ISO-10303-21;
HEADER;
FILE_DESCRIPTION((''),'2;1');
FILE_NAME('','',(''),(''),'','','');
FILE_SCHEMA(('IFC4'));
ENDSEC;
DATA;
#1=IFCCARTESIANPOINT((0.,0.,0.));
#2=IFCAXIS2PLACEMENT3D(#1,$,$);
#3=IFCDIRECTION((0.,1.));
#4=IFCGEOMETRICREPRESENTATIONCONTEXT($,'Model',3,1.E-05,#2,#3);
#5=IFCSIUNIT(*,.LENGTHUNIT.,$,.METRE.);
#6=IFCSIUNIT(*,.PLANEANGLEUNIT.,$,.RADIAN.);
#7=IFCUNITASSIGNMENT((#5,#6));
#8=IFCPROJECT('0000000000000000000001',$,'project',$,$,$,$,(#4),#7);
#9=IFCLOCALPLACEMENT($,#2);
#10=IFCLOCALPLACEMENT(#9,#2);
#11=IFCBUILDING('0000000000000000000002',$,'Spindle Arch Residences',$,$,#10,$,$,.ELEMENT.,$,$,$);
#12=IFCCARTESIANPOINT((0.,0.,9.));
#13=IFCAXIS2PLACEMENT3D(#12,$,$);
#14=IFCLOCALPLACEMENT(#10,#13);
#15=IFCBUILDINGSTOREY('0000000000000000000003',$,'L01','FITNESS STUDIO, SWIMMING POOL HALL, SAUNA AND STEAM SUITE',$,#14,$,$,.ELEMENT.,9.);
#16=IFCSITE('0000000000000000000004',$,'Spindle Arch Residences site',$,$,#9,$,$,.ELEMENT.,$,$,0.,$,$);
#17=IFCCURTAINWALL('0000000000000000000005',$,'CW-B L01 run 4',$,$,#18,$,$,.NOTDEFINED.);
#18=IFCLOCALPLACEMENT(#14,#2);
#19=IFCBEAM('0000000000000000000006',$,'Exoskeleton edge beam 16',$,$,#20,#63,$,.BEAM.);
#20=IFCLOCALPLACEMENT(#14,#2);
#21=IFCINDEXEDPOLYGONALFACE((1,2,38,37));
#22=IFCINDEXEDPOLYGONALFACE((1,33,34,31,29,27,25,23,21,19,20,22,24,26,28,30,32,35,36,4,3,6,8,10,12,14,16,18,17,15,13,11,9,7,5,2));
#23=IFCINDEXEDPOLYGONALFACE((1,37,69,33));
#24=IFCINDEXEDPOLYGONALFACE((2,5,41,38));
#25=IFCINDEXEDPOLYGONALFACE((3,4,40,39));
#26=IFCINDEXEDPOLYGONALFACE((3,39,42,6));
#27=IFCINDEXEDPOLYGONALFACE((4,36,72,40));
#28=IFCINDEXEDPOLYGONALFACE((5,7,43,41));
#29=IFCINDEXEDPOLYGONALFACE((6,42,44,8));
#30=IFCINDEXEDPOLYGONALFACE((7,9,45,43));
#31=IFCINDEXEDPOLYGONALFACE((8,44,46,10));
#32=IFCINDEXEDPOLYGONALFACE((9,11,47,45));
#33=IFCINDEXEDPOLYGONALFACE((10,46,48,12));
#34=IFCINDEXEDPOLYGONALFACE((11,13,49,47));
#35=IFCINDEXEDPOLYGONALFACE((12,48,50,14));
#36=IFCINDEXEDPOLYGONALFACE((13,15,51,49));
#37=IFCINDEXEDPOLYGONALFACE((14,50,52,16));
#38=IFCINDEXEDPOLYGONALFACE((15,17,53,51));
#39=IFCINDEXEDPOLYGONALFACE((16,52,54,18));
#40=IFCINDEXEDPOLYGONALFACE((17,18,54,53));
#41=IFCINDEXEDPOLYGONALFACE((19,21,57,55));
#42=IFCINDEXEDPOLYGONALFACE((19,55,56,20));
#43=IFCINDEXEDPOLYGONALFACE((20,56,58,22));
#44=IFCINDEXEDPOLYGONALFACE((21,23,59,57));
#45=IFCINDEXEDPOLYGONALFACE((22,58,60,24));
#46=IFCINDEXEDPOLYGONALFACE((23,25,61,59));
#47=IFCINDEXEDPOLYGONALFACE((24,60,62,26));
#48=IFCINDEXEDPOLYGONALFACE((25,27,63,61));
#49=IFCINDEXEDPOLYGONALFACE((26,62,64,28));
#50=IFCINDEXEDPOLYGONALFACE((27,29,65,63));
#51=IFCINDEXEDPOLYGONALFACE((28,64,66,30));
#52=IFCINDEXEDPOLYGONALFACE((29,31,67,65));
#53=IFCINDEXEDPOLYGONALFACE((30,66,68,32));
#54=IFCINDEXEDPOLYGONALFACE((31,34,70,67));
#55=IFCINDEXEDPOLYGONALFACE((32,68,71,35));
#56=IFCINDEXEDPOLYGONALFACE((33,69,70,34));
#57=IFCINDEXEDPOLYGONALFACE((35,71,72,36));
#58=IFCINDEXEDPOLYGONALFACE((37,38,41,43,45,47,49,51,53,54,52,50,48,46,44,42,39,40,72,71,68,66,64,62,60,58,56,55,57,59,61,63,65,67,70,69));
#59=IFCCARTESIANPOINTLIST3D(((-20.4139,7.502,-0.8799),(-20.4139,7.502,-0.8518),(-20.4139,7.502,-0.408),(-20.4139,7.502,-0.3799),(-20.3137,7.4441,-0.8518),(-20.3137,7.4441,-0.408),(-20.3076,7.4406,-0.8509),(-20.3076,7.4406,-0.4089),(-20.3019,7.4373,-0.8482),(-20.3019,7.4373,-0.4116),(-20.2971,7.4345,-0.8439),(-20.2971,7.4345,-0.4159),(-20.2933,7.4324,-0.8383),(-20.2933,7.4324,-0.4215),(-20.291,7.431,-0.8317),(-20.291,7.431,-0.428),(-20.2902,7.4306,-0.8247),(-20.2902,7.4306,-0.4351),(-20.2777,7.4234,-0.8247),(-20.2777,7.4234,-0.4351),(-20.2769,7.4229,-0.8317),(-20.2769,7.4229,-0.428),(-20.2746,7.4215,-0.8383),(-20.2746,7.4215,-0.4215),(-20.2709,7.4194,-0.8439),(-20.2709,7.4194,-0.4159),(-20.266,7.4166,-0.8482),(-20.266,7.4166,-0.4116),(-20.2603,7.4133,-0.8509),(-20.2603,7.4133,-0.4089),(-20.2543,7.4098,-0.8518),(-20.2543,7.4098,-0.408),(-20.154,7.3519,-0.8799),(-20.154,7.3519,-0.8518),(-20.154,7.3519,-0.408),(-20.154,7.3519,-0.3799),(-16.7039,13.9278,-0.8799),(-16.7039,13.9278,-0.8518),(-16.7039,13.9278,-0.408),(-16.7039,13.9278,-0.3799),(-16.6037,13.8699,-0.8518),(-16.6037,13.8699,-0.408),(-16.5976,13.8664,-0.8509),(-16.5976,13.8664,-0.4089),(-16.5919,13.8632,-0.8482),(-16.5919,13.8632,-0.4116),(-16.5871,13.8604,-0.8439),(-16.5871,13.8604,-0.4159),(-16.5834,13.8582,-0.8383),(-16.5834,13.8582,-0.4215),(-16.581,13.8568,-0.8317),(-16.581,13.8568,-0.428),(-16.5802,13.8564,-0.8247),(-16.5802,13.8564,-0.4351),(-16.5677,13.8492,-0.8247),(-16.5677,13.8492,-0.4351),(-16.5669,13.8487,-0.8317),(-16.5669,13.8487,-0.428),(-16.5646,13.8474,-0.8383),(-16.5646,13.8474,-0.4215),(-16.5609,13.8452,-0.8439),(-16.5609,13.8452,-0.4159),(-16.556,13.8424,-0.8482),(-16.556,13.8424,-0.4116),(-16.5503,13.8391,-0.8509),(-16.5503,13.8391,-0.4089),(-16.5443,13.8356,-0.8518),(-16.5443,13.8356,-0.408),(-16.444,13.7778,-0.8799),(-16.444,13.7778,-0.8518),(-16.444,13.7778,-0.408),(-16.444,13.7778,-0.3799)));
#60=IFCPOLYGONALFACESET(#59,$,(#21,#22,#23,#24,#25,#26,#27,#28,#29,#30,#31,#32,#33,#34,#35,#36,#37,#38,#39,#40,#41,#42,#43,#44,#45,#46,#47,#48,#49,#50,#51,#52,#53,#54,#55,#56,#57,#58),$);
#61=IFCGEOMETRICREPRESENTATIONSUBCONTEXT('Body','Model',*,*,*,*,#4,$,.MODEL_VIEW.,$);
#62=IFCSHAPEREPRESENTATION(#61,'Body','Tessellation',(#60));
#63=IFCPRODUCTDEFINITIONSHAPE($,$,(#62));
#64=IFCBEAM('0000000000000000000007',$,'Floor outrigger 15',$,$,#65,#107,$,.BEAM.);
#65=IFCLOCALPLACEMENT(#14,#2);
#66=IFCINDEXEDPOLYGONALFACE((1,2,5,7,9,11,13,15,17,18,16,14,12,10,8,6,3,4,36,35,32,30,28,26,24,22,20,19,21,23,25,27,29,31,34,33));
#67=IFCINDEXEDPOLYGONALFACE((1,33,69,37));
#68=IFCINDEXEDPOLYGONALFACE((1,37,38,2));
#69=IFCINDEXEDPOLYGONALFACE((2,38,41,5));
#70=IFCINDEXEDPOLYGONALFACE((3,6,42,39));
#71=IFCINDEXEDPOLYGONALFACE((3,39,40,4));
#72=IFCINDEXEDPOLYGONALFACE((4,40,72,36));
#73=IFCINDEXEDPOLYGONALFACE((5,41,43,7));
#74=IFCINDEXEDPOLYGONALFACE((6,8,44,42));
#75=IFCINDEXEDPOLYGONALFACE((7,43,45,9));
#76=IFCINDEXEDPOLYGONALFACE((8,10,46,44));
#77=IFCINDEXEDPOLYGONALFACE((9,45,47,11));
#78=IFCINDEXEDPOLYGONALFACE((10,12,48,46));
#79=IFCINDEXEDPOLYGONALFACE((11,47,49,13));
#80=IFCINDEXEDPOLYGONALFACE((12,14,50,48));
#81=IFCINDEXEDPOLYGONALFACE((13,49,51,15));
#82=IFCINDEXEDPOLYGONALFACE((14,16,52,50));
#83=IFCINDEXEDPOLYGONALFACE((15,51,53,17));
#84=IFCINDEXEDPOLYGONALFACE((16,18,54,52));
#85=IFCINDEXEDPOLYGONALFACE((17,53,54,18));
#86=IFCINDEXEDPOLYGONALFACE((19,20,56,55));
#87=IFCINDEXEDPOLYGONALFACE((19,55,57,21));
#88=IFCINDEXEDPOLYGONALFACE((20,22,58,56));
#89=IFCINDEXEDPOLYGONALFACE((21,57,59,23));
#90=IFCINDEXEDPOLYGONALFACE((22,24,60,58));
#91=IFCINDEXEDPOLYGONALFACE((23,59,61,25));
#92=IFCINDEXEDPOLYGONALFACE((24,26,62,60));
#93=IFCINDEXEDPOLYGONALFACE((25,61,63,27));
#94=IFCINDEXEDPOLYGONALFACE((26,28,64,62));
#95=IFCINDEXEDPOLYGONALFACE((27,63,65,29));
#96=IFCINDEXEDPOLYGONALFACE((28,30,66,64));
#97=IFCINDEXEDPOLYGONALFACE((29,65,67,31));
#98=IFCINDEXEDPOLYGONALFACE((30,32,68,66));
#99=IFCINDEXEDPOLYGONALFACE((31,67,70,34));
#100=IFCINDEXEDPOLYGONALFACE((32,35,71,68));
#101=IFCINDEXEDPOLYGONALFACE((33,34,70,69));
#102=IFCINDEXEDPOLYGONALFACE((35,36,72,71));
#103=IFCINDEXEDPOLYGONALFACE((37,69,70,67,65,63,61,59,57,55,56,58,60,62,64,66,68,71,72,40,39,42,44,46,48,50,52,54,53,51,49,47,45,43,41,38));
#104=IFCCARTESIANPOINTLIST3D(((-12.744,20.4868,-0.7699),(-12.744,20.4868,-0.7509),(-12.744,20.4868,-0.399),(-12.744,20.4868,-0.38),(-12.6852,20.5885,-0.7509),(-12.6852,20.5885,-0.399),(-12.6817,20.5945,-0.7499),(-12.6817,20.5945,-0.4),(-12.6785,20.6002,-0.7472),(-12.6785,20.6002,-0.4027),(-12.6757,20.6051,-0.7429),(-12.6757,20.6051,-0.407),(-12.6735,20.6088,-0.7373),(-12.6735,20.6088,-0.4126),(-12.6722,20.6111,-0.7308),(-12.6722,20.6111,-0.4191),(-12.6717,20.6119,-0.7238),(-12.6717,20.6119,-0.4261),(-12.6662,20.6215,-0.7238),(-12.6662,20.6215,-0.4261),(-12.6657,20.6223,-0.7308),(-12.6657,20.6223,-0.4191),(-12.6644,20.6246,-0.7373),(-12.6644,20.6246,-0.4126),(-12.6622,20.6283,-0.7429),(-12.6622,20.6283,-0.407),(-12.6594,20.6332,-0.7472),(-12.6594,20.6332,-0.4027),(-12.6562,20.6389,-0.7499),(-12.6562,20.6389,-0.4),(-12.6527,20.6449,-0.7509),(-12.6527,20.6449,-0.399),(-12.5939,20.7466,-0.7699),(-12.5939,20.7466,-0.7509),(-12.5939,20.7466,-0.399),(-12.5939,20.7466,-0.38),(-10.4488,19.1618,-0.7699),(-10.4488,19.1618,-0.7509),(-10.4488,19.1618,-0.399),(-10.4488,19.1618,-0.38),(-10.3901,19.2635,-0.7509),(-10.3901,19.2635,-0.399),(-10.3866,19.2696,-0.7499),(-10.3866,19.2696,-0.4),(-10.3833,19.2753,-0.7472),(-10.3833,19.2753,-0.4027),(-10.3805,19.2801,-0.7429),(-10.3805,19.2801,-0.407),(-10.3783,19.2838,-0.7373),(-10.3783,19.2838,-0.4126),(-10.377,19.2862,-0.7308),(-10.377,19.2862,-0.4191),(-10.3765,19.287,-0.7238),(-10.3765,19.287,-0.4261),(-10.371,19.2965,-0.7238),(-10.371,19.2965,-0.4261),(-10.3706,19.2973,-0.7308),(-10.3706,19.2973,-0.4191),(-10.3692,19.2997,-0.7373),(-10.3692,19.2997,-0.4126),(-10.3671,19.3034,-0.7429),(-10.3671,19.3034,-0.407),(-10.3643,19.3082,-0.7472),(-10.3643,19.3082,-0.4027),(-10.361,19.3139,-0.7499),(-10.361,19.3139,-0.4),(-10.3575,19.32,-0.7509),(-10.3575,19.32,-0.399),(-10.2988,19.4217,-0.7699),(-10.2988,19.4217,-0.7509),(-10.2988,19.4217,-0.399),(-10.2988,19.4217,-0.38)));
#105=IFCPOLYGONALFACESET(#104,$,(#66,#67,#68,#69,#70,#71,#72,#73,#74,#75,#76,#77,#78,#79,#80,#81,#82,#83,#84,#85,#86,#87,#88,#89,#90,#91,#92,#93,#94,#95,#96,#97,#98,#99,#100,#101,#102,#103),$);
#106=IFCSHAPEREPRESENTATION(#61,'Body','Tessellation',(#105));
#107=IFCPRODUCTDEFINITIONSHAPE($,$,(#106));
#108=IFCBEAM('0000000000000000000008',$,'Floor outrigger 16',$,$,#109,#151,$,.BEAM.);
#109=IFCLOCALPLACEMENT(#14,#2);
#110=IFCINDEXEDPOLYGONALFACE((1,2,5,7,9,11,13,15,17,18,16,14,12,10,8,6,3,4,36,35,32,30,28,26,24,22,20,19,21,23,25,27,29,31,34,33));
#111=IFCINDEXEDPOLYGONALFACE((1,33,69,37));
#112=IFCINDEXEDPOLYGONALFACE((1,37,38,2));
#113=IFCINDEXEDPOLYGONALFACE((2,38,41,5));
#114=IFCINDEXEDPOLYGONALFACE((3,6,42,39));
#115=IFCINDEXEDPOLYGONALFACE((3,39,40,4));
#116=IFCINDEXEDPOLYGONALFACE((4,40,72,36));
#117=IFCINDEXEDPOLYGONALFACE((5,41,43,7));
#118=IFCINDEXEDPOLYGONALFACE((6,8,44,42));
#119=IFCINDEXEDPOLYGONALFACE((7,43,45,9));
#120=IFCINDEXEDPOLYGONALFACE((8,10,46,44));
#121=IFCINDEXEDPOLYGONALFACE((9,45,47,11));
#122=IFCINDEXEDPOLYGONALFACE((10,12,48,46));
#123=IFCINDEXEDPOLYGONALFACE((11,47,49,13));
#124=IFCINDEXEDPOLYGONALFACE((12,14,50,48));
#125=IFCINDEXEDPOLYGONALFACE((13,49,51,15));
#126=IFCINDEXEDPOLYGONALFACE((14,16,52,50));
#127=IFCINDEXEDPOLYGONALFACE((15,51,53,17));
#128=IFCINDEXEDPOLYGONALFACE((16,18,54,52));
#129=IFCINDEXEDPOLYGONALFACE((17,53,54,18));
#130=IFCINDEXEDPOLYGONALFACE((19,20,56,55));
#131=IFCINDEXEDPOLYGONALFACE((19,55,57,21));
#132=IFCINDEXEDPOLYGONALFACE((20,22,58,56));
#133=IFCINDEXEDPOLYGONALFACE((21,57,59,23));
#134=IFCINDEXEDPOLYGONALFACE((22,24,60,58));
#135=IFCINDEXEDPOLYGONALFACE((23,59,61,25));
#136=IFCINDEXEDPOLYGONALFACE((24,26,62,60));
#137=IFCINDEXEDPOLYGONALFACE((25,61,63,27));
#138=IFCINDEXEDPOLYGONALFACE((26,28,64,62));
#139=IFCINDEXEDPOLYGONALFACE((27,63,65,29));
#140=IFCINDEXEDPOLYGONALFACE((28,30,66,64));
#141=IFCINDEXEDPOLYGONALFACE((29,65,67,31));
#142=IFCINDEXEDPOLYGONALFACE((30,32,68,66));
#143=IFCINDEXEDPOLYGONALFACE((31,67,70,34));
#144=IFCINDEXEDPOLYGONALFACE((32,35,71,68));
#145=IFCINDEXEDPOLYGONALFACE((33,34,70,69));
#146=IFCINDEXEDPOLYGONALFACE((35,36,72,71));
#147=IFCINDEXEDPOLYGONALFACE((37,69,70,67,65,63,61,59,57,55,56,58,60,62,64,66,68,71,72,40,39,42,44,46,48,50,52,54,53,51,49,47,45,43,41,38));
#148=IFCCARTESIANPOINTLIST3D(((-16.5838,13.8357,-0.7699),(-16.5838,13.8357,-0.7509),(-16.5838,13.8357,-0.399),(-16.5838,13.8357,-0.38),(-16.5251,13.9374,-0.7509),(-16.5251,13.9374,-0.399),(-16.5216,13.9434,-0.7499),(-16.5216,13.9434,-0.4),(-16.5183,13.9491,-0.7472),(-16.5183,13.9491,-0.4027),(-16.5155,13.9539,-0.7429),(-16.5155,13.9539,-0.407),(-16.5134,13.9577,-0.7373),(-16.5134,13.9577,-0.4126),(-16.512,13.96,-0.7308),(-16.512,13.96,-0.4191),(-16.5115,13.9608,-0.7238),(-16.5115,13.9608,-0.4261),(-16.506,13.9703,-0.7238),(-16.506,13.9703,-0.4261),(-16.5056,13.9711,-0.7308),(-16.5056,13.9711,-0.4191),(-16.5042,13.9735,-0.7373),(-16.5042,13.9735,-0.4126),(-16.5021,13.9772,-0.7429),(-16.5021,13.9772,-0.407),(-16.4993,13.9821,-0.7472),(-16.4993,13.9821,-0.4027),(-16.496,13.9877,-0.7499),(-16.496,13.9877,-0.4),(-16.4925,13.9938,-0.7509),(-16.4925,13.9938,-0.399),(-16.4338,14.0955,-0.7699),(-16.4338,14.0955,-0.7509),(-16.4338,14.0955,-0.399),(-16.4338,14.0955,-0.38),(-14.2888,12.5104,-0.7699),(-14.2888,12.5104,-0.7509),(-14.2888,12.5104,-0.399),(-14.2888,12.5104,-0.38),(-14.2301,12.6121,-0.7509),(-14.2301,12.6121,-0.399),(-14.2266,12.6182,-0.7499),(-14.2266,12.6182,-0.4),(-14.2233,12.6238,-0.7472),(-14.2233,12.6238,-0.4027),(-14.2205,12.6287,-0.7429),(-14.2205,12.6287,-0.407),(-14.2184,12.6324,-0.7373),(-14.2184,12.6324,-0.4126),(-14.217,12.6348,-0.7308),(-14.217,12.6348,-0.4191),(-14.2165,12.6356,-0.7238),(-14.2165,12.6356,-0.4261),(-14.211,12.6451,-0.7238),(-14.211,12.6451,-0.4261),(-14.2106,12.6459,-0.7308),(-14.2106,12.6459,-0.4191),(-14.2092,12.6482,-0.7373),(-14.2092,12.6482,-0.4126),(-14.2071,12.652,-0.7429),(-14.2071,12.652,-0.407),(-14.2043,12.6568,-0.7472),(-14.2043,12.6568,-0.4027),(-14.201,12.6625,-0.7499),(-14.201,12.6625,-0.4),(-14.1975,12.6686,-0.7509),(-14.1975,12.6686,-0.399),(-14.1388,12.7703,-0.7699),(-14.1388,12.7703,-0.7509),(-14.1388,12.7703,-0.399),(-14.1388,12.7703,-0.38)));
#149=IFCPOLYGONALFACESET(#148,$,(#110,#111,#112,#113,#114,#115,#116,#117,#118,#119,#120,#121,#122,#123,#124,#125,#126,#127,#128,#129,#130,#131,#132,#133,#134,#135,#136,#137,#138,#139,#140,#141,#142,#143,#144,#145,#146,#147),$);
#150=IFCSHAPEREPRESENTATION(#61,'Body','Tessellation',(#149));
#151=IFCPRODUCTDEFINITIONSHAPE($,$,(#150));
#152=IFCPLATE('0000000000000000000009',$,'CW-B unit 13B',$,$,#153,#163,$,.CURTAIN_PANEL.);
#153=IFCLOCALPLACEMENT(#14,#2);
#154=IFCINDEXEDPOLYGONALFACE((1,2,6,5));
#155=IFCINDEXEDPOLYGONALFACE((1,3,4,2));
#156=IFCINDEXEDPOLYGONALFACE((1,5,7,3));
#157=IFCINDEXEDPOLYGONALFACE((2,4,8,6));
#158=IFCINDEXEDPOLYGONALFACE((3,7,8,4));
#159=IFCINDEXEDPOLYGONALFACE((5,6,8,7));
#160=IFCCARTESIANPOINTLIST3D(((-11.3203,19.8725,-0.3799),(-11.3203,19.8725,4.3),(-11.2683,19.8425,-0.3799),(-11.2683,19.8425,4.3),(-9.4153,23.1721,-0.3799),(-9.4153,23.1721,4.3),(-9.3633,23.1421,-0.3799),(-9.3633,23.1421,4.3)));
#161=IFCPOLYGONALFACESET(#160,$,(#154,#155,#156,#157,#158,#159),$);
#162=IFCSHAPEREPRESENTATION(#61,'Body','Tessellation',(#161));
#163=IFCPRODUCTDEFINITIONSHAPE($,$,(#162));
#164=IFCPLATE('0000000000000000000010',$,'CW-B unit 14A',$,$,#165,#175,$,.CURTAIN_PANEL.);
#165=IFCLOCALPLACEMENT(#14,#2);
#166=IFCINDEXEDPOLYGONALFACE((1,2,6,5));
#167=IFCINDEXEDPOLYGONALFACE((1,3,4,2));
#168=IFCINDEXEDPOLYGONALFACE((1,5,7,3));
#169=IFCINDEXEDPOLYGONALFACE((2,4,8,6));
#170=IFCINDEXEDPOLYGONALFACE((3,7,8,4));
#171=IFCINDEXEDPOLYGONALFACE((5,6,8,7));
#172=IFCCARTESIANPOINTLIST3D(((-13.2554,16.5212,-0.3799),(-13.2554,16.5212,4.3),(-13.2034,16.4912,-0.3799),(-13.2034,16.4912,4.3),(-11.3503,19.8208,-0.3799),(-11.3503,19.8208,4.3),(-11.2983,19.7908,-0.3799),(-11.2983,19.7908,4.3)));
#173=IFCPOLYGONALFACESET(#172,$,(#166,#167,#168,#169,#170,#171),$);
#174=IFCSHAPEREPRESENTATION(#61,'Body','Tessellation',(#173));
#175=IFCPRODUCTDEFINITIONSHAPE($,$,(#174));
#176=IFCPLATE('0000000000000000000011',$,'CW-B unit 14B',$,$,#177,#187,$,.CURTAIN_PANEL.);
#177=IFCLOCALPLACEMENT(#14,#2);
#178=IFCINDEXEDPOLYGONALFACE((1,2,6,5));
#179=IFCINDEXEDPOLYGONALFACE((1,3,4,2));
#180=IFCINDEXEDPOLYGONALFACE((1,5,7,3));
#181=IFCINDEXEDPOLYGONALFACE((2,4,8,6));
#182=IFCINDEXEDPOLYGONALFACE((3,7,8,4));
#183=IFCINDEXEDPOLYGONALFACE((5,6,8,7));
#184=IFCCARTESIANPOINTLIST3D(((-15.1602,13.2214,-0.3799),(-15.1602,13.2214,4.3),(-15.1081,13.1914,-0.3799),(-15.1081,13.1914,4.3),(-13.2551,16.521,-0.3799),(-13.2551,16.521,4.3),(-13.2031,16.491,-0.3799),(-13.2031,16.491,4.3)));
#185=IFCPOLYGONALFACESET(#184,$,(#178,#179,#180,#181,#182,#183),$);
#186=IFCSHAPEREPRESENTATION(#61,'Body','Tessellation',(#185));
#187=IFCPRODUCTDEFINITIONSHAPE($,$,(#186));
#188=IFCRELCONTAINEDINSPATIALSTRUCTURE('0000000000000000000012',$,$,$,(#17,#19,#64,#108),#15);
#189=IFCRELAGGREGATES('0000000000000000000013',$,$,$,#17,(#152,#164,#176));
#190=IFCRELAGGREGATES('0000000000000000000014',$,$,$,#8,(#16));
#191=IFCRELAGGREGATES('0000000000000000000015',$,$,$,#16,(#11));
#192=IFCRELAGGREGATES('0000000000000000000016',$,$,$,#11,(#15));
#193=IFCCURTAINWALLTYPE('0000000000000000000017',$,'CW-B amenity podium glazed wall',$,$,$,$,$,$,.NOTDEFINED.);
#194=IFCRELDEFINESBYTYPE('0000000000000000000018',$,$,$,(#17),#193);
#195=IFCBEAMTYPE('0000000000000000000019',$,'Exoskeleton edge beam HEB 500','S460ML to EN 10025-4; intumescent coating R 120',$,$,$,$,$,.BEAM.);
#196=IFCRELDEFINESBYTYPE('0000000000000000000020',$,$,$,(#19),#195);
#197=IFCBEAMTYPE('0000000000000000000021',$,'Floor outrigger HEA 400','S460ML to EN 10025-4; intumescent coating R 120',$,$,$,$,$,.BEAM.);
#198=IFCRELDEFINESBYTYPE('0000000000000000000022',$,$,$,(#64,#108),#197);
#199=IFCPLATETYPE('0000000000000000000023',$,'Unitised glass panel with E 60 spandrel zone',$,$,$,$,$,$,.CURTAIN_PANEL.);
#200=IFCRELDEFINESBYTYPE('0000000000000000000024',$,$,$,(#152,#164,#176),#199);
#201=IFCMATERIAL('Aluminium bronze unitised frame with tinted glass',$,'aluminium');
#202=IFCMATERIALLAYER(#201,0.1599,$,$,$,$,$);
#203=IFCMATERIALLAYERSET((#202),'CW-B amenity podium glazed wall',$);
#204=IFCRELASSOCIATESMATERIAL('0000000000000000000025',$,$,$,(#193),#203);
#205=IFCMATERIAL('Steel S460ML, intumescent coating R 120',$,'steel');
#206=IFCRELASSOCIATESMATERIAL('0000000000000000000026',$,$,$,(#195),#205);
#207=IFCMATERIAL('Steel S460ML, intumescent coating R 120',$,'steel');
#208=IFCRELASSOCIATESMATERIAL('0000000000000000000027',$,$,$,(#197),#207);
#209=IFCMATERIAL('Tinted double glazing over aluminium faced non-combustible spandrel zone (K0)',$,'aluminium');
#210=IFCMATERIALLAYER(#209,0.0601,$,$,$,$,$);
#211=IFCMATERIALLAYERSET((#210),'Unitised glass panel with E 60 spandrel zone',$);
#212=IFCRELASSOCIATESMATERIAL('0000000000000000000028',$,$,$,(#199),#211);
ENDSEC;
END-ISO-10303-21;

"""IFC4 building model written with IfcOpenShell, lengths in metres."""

from ifc_helpers import new_model, si_unit, direction, frame, origin, origin_2d, place, context, subcontext, project, spatial, rectangle, i_section, extrude, material, layer, layer_set, material_profile, profile_set, type_object, element, aggregate, save


model = new_model("IFC4")

# Units and contexts
model_context = context("Model", 3, precision=1e-05, world=origin(), true_north=direction((0.0, 1.0)))
body_context = subcontext(model_context, "Body", "Model", "MODEL_VIEW")
ifc_project = project(units=[si_unit("LENGTHUNIT", "METRE"), si_unit("PLANEANGLEUNIT", "RADIAN")], contexts=[model_context])

# Site, building, storey
site_placement = place(None, origin())
site = spatial("IfcSite", under=ifc_project, at=site_placement, Name="Spindle Arch Residences site", CompositionType="ELEMENT", RefElevation=0.0)
building_placement = place(site_placement, origin())
building = spatial("IfcBuilding", under=site, at=building_placement, Name="Spindle Arch Residences", CompositionType="ELEMENT")
storey_placement = place(building_placement, frame((0.0, 0.0, 9.0)))
storey = spatial("IfcBuildingStorey", under=building, at=storey_placement, Name="L01", Description="FITNESS STUDIO, SWIMMING POOL HALL, SAUNA AND STEAM SUITE", CompositionType="ELEMENT", Elevation=9.0)

# Curtain wall
ifc_material_1 = material(Name="Aluminium bronze unitised frame with tinted glass", Category="aluminium")
ifc_layer_1 = layer(ifc_material_1, 0.1599)
ifc_layer_set_1 = layer_set([ifc_layer_1], Name="CW-B amenity podium glazed wall")
curtain_wall_type = type_object("IfcCurtainWallType", Name="CW-B amenity podium glazed wall", PredefinedType="NOTDEFINED", material=ifc_layer_set_1)
curtain_wall_placement = place(storey_placement, origin())
curtain_wall = element("IfcCurtainWall", 1, at=curtain_wall_placement, inside=storey, type_object=curtain_wall_type, Name="CW-B L01 run 4", PredefinedType="NOTDEFINED")

# Beams
ifc_material_2 = material(Name="Steel S460ML, intumescent coating R 120", Category="steel")
ifc_material_profile_1 = material_profile(ifc_material_2, i_section(OverallWidth=0.3, OverallDepth=0.5, WebThickness=0.0144, FlangeThickness=0.0281, FilletRadius=0.0271, at=origin_2d()), Name="HEB 500")
ifc_profile_set_1 = profile_set([ifc_material_profile_1], Name="Steel S460ML, intumescent coating R 120")
beam_type_1 = type_object("IfcBeamType", Name="Exoskeleton edge beam HEB 500", Description="S460ML to EN 10025-4; intumescent coating R 120", PredefinedType="BEAM", material=ifc_profile_set_1)
beam_1_placement = place(storey_placement, frame((-16.574, 13.8528, -0.6299), z_axis=(-0.500003, -0.866023, 0.0), x_axis=(0.866023, -0.500003, 0.0)))
element("IfcBeam", 2, at=beam_1_placement, inside=storey, type_object=beam_type_1, Name="Exoskeleton edge beam 16", PredefinedType="BEAM", context=body_context, shape_type="SweptSolid", body=[
    extrude(i_section(OverallWidth=0.3, OverallDepth=0.5, WebThickness=0.0144, FlangeThickness=0.0281, FilletRadius=0.0271, at=origin_2d()), origin(), (0.0, 0.0, 1.0), 7.4199),
])
ifc_material_3 = material(Name="Steel S460ML, intumescent coating R 120", Category="steel")
ifc_material_profile_2 = material_profile(ifc_material_3, i_section(OverallWidth=0.3, OverallDepth=0.3899, WebThickness=0.011, FlangeThickness=0.019, FilletRadius=0.0271, at=origin_2d()), Name="HEA 400")
ifc_profile_set_2 = profile_set([ifc_material_profile_2], Name="Steel S460ML, intumescent coating R 120")
beam_type_2 = type_object("IfcBeamType", Name="Floor outrigger HEA 400", Description="S460ML to EN 10025-4; intumescent coating R 120", PredefinedType="BEAM", material=ifc_profile_set_2)
for number, where, z_axis, x_axis, name in (
    (3, (-12.6689, 20.6167, -0.575), (0.866052, -0.499954, 0.0), (0.499954, 0.866052, 0.0), "Floor outrigger 15"),
    (4, (-16.5088, 13.9656, -0.575), (0.865989, -0.500063, 0.0), (0.500063, 0.865989, 0.0), "Floor outrigger 16"),
):
    element("IfcBeam", number, at=place(storey_placement, frame(where, z_axis=z_axis, x_axis=x_axis)), inside=storey, type_object=beam_type_2, Name=name, PredefinedType="BEAM", context=body_context, shape_type="SweptSolid", body=[
        extrude(i_section(OverallWidth=0.3, OverallDepth=0.3899, WebThickness=0.011, FlangeThickness=0.019, FilletRadius=0.0271, at=origin_2d()), origin(), (0.0, 0.0, 1.0), 2.6501),
    ])

# Plates
ifc_material_4 = material(Name="Tinted double glazing over aluminium faced non-combustible spandrel zone (K0)", Category="aluminium")
ifc_layer_2 = layer(ifc_material_4, 0.0601)
ifc_layer_set_2 = layer_set([ifc_layer_2], Name="Unitised glass panel with E 60 spandrel zone")
plate_type = type_object("IfcPlateType", Name="Unitised glass panel with E 60 spandrel zone", PredefinedType="CURTAIN_PANEL", material=ifc_layer_set_2)
plate_1_placement = place(storey_placement, frame((-10.3418, 21.5073, -0.3799), z_axis=(0.0, 0.0, 1.0), x_axis=(-0.5, -0.866025, 0.0)))
plate_1 = element("IfcPlate", 5, at=plate_1_placement, type_object=plate_type, Name="CW-B unit 13B", PredefinedType="CURTAIN_PANEL", context=body_context, shape_type="SweptSolid", body=[
    extrude(rectangle(XDim=3.8101, YDim=0.0601, at=origin_2d()), origin(), (0.0, 0.0, 1.0), 4.6799),
])
plate_2_placement = place(storey_placement, frame((-12.2769, 18.156, -0.3799), z_axis=(0.0, 0.0, 1.0), x_axis=(-0.5, -0.866025, 0.0)))
plate_2 = element("IfcPlate", 6, at=plate_2_placement, type_object=plate_type, Name="CW-B unit 14A", PredefinedType="CURTAIN_PANEL", context=body_context, shape_type="SweptSolid", body=[
    extrude(rectangle(XDim=3.8101, YDim=0.0601, at=origin_2d()), origin(), (0.0, 0.0, 1.0), 4.6799),
])
plate_3_placement = place(storey_placement, frame((-14.1816, 14.8562, -0.3799), z_axis=(0.0, 0.0, 1.0), x_axis=(-0.5, -0.866025, 0.0)))
plate_3 = element("IfcPlate", 7, at=plate_3_placement, type_object=plate_type, Name="CW-B unit 14B", PredefinedType="CURTAIN_PANEL", context=body_context, shape_type="SweptSolid", body=[
    extrude(rectangle(XDim=3.8101, YDim=0.0601, at=origin_2d()), origin(), (0.0, 0.0, 1.0), 4.6799),
])
aggregate(curtain_wall, [plate_1, plate_2, plate_3])

save(model, "model.ifc")
